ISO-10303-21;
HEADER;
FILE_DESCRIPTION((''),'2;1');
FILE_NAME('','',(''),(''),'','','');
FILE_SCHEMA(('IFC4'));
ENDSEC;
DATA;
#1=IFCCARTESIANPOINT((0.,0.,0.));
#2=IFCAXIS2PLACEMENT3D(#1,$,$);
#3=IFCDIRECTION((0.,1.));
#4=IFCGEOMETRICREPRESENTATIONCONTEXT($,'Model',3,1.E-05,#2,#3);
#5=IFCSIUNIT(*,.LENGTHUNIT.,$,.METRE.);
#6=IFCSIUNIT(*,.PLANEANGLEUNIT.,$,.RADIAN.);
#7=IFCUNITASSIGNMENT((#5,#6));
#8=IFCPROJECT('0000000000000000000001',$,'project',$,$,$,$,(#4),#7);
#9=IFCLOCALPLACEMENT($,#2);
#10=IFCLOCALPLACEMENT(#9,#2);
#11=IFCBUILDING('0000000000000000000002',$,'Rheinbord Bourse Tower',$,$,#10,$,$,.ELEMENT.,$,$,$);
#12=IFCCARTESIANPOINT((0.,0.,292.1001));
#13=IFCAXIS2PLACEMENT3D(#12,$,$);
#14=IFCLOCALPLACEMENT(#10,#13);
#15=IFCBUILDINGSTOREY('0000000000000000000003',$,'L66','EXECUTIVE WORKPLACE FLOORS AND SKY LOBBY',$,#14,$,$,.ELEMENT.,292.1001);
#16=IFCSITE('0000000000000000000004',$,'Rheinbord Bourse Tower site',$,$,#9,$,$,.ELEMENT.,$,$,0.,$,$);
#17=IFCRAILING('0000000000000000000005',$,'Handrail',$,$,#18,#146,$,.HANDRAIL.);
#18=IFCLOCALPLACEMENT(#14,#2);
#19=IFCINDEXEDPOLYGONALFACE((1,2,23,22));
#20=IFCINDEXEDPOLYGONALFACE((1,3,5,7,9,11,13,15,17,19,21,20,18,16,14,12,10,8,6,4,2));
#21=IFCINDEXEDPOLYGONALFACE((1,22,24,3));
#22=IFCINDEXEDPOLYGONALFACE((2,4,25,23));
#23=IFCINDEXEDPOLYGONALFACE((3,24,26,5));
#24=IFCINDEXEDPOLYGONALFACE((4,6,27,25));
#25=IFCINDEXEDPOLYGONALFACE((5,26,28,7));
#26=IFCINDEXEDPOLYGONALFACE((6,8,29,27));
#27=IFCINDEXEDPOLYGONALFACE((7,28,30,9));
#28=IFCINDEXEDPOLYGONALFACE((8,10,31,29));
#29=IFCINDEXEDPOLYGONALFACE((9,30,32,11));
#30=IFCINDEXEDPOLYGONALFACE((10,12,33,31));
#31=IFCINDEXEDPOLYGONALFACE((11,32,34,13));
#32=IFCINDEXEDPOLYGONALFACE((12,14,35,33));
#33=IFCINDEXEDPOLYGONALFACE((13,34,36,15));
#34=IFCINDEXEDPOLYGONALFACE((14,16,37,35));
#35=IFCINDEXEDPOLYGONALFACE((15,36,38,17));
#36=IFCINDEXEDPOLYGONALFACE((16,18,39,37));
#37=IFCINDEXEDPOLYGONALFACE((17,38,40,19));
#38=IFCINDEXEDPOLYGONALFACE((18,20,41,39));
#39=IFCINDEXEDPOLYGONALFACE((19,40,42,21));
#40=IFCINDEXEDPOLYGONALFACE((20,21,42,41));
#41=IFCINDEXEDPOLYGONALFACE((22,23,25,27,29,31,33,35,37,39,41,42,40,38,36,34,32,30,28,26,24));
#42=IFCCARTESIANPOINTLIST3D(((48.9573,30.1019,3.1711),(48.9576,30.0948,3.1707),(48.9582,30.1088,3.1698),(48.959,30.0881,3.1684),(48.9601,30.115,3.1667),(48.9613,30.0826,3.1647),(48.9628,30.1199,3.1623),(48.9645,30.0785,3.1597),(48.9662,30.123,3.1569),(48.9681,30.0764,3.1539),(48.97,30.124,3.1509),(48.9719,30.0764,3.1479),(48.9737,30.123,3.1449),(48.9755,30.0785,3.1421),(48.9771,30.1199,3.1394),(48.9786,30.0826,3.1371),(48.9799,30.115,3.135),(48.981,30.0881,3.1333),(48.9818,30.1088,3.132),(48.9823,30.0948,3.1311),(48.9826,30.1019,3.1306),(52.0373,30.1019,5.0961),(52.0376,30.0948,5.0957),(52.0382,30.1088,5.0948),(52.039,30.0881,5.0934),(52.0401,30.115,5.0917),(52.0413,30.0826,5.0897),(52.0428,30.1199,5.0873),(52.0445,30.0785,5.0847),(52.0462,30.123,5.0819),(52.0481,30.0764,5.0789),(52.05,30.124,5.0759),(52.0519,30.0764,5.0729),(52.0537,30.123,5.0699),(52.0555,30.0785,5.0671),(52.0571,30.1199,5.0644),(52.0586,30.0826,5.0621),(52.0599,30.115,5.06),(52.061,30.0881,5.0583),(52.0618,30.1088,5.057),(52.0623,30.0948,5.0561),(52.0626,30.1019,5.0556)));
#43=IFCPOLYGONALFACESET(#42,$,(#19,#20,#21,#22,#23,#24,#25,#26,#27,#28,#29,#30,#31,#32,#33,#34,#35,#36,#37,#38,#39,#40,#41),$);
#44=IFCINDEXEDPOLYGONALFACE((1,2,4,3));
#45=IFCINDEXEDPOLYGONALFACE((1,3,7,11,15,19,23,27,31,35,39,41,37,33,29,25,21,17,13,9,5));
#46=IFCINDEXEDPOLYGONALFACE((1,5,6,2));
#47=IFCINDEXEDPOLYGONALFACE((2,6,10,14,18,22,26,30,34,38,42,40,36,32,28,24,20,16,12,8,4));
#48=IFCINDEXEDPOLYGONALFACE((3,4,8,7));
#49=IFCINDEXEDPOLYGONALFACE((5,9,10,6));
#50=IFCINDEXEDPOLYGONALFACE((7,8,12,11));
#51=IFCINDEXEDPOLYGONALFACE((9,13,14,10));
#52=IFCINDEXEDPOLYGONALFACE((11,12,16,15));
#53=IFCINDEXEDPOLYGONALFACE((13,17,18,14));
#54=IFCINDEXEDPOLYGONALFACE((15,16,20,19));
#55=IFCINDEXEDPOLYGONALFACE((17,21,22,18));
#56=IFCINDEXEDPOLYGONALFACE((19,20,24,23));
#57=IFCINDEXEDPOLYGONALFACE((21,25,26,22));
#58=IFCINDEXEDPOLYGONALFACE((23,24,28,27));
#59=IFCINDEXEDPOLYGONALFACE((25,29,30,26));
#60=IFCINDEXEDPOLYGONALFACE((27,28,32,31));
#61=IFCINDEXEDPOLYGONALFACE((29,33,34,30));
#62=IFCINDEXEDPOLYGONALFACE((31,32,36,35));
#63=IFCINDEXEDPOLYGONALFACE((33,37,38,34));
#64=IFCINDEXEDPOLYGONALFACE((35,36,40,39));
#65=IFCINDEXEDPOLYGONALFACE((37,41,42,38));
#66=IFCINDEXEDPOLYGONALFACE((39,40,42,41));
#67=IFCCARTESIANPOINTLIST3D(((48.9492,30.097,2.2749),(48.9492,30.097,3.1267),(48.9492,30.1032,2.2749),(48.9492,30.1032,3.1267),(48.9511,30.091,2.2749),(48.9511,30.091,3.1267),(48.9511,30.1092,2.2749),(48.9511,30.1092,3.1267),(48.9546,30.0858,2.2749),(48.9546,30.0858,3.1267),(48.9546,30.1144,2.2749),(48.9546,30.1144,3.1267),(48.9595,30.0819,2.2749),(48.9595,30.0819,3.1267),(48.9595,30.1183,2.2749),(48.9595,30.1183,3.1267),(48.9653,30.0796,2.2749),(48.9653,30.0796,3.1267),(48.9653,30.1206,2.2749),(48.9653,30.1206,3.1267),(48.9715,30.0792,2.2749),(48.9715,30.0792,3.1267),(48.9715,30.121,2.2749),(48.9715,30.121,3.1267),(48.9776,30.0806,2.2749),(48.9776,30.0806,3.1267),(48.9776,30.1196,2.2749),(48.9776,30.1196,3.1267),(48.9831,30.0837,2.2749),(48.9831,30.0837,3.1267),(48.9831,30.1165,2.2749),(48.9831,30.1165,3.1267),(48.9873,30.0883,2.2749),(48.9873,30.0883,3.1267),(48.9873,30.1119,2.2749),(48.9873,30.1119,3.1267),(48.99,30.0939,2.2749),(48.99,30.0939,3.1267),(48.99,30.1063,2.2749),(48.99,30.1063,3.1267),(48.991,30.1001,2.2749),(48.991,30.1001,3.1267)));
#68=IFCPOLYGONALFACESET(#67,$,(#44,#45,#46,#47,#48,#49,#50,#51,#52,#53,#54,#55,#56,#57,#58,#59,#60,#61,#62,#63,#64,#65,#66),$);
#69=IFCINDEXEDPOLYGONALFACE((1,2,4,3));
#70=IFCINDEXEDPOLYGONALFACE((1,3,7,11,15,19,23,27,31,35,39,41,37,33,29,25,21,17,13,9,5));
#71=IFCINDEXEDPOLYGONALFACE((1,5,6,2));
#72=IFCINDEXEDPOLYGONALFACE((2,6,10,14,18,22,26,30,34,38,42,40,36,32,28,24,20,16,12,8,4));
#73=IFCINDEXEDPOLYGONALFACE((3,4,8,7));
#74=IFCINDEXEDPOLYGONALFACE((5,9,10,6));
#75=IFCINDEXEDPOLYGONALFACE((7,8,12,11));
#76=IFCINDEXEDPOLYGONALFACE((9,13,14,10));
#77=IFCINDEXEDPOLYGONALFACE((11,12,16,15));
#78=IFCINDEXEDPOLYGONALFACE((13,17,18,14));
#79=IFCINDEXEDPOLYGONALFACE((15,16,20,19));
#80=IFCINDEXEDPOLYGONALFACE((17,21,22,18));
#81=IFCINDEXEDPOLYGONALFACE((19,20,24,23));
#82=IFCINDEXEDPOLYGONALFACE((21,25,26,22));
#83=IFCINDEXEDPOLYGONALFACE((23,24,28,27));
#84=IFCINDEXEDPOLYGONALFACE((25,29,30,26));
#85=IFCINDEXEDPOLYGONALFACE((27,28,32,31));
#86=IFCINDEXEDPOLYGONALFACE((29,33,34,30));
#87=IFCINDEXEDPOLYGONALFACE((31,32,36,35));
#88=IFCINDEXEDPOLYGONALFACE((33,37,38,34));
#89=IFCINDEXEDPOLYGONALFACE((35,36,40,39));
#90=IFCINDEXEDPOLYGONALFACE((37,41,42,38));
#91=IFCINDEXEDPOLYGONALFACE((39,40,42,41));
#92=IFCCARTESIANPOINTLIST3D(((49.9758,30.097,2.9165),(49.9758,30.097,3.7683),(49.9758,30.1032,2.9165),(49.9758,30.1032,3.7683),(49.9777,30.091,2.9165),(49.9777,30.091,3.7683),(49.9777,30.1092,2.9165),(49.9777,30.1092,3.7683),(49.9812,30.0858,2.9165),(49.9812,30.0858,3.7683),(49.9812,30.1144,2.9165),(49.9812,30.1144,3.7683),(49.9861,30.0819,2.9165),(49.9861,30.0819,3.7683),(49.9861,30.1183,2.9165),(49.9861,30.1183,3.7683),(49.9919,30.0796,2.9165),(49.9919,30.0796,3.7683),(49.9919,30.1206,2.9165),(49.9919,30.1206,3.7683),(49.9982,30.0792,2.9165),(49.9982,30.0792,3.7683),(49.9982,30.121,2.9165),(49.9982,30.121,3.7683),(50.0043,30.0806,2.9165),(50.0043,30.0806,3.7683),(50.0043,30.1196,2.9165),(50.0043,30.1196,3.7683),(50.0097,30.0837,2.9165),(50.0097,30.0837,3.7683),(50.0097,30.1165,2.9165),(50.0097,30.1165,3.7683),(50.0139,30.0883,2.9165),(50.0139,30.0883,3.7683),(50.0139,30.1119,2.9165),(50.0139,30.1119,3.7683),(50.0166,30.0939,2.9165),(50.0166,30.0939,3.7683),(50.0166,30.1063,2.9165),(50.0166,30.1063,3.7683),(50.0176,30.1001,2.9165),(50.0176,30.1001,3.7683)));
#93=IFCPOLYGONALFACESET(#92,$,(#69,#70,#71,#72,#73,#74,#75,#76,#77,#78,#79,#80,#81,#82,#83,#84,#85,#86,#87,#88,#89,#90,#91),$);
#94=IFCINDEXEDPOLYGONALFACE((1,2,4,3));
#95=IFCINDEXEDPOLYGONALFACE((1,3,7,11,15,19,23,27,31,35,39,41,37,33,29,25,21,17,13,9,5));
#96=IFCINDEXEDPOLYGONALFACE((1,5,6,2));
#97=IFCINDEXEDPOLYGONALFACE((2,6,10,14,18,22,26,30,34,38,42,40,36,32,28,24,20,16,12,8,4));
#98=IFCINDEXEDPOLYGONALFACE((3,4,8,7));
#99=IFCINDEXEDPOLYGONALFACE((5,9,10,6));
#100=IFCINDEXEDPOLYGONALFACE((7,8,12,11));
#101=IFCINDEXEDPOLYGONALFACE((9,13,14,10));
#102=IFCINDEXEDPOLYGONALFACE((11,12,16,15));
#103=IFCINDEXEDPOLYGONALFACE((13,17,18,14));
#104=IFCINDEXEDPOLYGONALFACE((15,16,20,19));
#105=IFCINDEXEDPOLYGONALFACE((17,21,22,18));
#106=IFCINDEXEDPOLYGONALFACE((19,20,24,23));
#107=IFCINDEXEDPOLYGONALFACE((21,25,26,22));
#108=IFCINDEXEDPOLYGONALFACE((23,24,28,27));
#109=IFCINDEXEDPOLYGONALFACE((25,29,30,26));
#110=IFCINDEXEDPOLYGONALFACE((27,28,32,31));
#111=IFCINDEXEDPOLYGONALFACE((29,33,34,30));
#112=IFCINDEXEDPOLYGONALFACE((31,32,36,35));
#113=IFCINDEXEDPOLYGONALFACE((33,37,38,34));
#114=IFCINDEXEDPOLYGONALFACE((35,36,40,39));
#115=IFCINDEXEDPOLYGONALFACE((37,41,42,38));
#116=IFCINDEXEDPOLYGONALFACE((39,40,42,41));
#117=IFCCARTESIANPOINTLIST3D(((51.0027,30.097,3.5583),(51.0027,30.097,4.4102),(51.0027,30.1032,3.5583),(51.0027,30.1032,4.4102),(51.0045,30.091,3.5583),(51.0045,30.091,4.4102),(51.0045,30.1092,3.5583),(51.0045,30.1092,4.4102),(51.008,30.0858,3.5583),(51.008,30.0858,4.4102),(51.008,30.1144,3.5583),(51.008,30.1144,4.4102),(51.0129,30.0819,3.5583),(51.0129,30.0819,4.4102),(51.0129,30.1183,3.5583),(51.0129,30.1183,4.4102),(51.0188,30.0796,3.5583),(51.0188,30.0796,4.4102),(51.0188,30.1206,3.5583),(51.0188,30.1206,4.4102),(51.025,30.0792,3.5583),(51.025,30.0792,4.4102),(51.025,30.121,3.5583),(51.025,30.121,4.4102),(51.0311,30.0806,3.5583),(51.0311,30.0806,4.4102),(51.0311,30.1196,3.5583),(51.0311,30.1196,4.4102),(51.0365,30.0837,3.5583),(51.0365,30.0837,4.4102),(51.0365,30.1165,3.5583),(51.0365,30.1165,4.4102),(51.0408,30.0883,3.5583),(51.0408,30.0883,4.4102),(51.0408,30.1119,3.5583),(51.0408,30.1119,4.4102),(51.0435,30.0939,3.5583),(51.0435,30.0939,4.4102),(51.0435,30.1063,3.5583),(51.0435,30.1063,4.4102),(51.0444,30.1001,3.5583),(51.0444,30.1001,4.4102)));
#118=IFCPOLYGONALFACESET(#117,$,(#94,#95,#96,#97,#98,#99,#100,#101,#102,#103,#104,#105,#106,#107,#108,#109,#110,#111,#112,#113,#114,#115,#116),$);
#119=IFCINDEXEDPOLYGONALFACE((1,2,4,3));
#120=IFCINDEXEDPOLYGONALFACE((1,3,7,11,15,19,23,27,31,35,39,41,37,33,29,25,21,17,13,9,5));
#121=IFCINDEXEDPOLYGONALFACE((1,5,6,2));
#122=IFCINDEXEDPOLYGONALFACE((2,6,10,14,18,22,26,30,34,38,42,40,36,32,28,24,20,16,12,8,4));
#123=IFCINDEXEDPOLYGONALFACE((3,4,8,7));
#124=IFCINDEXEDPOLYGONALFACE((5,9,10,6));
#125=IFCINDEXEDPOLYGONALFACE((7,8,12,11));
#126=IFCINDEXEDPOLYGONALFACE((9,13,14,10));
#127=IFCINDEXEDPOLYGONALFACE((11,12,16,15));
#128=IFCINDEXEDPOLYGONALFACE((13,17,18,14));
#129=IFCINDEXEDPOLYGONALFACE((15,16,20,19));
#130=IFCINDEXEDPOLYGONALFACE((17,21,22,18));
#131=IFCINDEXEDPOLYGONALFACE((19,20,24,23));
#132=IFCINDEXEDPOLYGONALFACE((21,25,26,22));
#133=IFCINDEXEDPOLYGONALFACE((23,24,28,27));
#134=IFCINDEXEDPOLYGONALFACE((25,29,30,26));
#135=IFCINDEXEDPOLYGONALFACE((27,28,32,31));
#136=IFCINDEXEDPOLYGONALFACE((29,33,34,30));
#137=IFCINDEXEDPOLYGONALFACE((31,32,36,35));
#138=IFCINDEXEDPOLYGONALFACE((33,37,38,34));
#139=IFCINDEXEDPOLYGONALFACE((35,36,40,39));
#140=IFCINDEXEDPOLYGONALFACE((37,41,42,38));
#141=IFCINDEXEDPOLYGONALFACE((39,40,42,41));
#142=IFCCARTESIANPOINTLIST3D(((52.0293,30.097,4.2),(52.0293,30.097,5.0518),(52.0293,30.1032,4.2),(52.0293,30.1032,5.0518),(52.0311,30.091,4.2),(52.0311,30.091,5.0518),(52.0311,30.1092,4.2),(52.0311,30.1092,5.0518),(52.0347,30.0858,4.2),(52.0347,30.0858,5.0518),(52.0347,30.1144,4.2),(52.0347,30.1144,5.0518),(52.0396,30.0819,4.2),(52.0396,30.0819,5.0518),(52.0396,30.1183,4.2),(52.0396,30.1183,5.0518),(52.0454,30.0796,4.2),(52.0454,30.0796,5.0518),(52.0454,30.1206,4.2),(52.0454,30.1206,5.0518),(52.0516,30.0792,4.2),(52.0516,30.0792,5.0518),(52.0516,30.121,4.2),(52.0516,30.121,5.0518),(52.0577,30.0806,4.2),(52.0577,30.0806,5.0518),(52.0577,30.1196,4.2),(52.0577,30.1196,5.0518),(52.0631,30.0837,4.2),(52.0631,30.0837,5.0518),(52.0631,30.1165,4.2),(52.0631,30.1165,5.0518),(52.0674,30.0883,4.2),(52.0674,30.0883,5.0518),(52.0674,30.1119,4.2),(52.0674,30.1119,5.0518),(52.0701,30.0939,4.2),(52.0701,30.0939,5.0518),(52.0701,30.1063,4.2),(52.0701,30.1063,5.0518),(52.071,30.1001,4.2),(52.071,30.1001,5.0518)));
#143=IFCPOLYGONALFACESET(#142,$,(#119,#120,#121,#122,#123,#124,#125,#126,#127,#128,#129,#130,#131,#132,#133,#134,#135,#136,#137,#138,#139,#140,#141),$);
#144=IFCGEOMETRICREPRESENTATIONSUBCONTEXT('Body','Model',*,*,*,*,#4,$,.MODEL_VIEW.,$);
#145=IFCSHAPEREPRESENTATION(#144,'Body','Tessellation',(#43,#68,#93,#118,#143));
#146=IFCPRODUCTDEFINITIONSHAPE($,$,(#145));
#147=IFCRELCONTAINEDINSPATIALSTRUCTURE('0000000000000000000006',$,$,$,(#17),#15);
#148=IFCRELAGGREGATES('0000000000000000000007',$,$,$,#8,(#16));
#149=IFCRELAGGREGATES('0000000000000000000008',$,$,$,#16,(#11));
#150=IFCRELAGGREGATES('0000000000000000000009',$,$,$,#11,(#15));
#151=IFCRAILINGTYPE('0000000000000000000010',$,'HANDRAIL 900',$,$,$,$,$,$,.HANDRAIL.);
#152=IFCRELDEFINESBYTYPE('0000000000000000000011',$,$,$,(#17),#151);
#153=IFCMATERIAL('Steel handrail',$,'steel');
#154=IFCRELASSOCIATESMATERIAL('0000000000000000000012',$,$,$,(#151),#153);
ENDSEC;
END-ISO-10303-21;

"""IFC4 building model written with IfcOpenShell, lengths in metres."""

from ifc_helpers import new_model, si_unit, direction, frame, origin, origin_2d, place, context, subcontext, project, spatial, circle, extrude, material, type_object, element, save


model = new_model("IFC4")

# Units and contexts
model_context = context("Model", 3, precision=1e-05, world=origin(), true_north=direction((0.0, 1.0)))
body_context = subcontext(model_context, "Body", "Model", "MODEL_VIEW")
ifc_project = project(units=[si_unit("LENGTHUNIT", "METRE"), si_unit("PLANEANGLEUNIT", "RADIAN")], contexts=[model_context])

# Site, building, storey
site_placement = place(None, origin())
site = spatial("IfcSite", under=ifc_project, at=site_placement, Name="Rheinbord Bourse Tower site", CompositionType="ELEMENT", RefElevation=0.0)
building_placement = place(site_placement, origin())
building = spatial("IfcBuilding", under=site, at=building_placement, Name="Rheinbord Bourse Tower", CompositionType="ELEMENT")
storey_placement = place(building_placement, frame((0.0, 0.0, 292.1001)))
storey = spatial("IfcBuildingStorey", under=building, at=storey_placement, Name="L66", Description="EXECUTIVE WORKPLACE FLOORS AND SKY LOBBY", CompositionType="ELEMENT", Elevation=292.1001)

# Railing
ifc_material_1 = material(Name="Steel handrail", Category="steel")
railing_type = type_object("IfcRailingType", Name="HANDRAIL 900", PredefinedType="HANDRAIL", material=ifc_material_1)
railing_1_placement = place(storey_placement, frame((48.97, 30.1001, 2.2749)))
element("IfcRailing", 1, at=railing_1_placement, inside=storey, type_object=railing_type, Name="Handrail", PredefinedType="HANDRAIL", context=body_context, shape_type="SweptSolid", body=[
    extrude(circle(Radius=0.0239, at=origin_2d()), frame((0.0, 0.0, 0.876), z_axis=(0.847998, 0.0, 0.529999), x_axis=(0.0, 1.0, 0.0)), (0.0, 0.0, 1.0), 3.6321),
    extrude(circle(Radius=0.021, at=origin_2d()), origin(), (0.0, 0.0, 1.0), 0.8518),
    extrude(circle(Radius=0.021, at=origin_2d()), frame((1.0266, 0.0, 0.6416)), (0.0, 0.0, 1.0), 0.8518),
    extrude(circle(Radius=0.021, at=origin_2d()), frame((2.0535, 0.0, 1.2834)), (0.0, 0.0, 1.0), 0.8518),
    extrude(circle(Radius=0.021, at=origin_2d()), frame((3.0801, 0.0, 1.925)), (0.0, 0.0, 1.0), 0.8518),
])

save(model, "model.ifc")
